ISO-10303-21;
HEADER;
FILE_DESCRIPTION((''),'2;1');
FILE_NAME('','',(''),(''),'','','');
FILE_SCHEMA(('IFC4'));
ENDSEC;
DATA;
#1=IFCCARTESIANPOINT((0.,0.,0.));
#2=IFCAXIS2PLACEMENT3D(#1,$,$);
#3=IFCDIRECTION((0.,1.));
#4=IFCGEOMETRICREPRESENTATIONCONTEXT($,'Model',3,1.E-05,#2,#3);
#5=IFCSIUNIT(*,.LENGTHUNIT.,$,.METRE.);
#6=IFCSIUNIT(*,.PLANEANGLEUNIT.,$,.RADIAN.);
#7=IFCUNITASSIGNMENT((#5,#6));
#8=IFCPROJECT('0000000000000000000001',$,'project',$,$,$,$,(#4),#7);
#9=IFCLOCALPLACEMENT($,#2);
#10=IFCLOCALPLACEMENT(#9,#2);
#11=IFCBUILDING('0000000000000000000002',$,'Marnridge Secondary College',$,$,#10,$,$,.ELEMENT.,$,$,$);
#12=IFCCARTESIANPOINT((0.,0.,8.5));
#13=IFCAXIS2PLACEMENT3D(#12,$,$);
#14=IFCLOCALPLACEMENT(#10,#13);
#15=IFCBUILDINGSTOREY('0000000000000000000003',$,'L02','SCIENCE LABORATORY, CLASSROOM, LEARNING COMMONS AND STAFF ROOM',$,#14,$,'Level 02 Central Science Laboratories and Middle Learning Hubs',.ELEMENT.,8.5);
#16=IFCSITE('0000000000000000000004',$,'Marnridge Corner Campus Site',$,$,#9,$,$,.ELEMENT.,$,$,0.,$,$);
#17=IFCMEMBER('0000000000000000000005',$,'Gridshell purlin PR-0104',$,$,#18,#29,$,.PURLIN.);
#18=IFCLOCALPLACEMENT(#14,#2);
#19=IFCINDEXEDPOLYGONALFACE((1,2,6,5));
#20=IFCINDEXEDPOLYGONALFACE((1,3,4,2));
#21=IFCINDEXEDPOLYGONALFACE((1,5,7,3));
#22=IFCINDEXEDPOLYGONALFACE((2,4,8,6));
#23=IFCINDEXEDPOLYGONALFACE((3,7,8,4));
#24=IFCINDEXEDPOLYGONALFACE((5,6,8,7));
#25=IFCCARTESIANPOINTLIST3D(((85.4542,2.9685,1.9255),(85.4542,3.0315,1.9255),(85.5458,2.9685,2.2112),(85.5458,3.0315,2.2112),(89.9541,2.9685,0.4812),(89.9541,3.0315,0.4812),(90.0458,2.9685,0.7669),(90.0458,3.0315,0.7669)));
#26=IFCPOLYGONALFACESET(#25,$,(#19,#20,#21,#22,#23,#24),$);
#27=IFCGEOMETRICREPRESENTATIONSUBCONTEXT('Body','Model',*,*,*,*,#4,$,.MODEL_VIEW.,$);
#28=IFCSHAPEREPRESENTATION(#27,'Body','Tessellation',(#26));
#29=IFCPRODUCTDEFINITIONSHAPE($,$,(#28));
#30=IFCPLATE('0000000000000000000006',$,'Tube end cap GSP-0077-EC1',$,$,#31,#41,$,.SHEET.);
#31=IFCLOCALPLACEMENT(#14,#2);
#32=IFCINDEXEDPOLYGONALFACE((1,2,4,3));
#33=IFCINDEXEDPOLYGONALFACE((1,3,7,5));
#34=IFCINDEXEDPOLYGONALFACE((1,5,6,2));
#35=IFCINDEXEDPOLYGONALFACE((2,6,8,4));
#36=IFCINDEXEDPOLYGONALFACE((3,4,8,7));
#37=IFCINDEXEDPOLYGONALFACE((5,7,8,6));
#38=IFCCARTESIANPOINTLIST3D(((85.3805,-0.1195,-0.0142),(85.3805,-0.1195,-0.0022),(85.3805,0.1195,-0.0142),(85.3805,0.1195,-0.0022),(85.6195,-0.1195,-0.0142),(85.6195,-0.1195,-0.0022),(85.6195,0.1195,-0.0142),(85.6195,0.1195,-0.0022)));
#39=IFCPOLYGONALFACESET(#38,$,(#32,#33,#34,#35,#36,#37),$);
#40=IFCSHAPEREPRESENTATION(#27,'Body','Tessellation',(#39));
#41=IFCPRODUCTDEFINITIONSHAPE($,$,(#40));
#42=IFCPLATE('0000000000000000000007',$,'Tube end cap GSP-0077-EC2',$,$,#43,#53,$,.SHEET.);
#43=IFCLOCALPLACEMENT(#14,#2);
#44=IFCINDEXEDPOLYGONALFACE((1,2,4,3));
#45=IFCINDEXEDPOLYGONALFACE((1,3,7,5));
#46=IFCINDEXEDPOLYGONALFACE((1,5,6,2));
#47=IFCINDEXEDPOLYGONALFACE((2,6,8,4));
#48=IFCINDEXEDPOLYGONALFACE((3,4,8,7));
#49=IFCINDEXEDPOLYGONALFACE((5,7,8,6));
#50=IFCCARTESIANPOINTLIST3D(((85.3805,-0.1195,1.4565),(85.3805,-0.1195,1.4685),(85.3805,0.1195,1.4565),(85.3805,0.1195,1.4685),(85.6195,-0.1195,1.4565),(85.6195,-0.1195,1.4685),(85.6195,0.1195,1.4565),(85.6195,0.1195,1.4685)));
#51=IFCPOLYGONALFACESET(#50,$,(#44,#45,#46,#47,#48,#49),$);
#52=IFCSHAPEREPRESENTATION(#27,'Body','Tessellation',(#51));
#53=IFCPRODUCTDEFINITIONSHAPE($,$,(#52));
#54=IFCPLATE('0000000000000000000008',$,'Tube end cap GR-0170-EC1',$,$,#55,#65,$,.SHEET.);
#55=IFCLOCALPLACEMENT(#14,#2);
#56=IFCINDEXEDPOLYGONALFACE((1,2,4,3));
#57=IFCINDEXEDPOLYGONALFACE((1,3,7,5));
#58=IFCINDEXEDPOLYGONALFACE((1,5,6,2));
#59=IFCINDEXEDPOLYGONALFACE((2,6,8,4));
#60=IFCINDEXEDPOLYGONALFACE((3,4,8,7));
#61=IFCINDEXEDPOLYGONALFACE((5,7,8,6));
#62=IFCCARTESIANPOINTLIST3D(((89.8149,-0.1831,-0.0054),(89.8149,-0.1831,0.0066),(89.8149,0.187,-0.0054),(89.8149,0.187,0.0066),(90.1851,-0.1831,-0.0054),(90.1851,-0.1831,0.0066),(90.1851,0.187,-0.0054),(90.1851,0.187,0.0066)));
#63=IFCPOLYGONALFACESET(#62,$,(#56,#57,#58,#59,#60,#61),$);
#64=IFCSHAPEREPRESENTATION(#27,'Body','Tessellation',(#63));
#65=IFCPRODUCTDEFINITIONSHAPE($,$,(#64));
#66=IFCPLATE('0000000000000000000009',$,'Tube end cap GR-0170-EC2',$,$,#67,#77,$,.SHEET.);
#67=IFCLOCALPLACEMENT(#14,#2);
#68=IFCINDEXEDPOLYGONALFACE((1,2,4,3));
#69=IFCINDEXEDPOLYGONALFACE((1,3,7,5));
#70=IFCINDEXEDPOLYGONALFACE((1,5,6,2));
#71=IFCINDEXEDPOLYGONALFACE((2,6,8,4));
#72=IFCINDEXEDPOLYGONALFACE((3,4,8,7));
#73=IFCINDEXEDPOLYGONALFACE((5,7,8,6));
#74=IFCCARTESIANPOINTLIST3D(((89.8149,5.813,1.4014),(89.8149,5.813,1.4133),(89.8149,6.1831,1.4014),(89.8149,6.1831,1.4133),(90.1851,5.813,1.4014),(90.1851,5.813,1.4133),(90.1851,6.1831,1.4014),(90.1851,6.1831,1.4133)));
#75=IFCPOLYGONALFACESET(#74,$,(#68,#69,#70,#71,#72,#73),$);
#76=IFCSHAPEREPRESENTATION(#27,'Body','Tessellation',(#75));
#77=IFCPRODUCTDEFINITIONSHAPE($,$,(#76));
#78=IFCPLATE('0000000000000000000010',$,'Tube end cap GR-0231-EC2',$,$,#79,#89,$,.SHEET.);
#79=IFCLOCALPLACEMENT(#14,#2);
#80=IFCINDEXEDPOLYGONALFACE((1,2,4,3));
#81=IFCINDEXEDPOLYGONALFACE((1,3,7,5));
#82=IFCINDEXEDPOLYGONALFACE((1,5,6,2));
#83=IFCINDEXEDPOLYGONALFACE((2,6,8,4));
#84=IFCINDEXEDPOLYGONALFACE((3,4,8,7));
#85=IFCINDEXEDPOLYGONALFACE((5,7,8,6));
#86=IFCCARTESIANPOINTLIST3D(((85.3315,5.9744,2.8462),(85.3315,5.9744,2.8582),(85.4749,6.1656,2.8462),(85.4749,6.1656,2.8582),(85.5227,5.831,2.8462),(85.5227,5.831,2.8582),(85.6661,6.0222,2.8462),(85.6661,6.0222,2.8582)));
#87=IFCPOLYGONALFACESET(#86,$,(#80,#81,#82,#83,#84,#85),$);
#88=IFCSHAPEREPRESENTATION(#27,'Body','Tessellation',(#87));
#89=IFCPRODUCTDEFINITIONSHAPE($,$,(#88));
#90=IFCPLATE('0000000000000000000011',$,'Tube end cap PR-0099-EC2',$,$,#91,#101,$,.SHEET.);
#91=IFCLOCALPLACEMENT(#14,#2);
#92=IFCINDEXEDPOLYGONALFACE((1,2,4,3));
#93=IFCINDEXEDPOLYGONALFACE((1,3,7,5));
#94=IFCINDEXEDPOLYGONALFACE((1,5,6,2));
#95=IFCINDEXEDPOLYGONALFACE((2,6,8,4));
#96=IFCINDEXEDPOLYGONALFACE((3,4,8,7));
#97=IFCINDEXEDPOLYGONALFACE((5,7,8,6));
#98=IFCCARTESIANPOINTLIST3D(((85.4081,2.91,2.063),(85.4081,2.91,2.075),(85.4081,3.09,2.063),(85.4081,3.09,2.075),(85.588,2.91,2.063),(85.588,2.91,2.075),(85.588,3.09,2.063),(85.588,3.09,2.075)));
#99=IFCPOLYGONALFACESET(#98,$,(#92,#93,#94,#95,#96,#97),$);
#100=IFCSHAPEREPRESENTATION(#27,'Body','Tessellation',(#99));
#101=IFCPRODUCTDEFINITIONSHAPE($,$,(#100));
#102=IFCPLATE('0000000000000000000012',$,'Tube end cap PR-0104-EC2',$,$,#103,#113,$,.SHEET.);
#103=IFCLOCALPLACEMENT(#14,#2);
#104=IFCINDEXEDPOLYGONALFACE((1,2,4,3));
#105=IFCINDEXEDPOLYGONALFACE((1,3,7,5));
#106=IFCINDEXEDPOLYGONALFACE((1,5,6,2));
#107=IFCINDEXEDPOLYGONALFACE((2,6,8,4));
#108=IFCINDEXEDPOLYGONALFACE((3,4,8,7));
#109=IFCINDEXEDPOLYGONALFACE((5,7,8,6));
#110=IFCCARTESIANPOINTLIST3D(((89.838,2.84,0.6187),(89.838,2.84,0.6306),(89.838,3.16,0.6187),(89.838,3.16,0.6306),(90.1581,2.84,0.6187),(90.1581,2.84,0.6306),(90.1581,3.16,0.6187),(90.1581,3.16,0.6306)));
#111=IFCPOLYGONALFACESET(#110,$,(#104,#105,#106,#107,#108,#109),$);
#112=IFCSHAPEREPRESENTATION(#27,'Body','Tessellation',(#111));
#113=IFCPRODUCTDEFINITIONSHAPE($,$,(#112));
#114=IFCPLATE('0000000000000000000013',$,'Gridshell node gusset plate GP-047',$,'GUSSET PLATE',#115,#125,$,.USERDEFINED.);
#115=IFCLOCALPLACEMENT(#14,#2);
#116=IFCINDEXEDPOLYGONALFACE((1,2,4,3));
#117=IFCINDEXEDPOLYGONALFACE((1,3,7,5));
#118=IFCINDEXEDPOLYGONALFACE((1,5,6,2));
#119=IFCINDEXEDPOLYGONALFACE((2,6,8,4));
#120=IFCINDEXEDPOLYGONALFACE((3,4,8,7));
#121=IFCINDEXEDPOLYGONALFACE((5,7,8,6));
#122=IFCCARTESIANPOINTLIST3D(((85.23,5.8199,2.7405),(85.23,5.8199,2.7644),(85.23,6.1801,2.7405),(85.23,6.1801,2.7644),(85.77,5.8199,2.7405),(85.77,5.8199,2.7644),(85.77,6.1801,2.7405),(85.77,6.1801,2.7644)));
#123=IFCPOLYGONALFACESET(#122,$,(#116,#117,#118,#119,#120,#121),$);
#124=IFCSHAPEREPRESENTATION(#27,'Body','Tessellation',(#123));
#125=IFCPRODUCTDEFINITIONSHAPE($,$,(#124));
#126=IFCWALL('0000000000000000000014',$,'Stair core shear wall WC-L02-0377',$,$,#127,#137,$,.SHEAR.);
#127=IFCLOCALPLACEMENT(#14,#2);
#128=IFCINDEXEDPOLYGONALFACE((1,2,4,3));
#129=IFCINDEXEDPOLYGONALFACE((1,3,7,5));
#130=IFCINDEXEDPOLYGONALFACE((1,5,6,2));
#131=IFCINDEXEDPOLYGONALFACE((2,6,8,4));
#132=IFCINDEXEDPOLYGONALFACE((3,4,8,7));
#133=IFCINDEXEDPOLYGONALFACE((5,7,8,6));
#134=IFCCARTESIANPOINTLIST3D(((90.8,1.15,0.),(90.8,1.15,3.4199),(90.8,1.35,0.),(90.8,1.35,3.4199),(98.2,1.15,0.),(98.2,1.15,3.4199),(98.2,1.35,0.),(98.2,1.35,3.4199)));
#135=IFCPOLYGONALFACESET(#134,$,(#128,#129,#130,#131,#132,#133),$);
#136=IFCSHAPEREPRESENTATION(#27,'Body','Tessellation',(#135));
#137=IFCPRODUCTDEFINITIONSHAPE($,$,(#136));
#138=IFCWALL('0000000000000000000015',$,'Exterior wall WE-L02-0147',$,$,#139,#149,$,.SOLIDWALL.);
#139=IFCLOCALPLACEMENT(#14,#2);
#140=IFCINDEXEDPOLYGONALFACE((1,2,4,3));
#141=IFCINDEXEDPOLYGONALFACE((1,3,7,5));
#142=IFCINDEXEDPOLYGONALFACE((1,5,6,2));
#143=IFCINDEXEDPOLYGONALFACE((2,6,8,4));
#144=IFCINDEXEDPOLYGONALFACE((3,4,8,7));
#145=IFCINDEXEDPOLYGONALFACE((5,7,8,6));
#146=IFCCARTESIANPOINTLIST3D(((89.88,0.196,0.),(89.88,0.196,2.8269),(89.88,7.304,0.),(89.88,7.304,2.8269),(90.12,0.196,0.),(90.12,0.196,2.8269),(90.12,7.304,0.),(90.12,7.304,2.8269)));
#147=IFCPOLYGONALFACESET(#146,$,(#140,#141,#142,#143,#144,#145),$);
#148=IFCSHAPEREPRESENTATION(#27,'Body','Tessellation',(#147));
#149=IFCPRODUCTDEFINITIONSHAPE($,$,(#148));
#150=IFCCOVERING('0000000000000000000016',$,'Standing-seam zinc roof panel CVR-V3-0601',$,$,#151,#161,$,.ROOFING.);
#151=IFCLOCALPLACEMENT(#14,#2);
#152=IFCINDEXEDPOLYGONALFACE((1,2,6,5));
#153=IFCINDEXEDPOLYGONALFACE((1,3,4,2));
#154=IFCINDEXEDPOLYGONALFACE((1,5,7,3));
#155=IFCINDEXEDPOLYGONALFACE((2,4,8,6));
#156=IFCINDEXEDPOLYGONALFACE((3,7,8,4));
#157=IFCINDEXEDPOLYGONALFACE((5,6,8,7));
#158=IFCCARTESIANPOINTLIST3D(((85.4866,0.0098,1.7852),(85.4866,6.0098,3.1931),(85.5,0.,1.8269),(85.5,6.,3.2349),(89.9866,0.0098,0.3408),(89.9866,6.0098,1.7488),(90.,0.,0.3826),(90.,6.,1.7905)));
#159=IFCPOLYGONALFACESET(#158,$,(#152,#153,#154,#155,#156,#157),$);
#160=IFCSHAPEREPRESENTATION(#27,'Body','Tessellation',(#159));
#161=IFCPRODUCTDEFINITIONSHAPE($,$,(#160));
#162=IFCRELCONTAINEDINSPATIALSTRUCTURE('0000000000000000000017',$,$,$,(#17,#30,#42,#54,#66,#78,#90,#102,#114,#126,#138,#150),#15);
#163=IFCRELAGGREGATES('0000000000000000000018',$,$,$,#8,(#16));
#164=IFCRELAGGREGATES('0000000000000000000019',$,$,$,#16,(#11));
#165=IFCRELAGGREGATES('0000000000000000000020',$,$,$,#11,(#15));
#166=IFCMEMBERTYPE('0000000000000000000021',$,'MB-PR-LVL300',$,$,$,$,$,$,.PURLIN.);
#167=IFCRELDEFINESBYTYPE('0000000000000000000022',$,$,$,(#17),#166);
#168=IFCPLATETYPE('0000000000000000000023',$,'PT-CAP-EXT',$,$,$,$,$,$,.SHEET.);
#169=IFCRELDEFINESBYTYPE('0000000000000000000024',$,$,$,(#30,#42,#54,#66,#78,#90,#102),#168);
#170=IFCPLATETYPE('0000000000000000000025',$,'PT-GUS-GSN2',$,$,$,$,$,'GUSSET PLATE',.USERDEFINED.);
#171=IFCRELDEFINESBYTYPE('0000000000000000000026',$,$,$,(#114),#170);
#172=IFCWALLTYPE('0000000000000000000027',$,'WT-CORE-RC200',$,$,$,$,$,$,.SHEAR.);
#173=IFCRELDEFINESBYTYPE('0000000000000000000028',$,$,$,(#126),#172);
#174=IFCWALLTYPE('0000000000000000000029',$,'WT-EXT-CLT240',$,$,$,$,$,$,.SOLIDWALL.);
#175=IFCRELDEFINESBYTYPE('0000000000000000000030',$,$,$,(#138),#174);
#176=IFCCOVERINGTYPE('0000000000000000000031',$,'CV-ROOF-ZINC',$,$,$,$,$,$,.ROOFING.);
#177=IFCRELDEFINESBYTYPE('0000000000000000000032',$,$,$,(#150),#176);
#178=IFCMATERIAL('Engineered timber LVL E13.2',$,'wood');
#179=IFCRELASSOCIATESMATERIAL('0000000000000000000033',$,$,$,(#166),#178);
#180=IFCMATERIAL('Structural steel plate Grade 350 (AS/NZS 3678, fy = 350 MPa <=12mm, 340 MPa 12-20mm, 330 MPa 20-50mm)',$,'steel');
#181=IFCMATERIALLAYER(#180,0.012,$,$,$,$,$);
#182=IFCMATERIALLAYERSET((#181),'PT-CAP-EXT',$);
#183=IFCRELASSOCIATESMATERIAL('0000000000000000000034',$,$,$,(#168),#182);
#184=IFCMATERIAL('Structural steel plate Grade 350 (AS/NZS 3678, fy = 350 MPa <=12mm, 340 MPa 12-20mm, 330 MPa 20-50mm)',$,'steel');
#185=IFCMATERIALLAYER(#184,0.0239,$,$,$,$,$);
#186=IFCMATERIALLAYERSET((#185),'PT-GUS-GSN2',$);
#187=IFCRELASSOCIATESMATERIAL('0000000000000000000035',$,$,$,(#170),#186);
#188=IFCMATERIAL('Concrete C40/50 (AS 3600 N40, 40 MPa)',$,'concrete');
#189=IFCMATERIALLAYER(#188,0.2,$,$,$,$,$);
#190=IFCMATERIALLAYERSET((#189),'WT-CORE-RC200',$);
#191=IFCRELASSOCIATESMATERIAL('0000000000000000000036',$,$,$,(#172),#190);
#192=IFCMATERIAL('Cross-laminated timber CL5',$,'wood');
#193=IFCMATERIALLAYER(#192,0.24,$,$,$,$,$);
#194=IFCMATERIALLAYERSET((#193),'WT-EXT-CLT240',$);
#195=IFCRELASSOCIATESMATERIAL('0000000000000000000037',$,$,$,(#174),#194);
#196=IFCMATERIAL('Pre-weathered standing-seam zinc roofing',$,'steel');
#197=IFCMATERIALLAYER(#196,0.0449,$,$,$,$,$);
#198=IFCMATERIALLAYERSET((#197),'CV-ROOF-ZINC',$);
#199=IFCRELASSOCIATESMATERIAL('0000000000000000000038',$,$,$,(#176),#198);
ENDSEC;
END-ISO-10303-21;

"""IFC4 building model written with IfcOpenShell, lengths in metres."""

from ifc_helpers import new_model, si_unit, direction, frame, frame_2d, origin, origin_2d, place, context, subcontext, project, spatial, polyline, rectangle, outline, extrude, material, layer, layer_set, material_profile, profile_set, type_object, element, save


model = new_model("IFC4")

# Units and contexts
model_context = context("Model", 3, precision=1e-05, world=origin(), true_north=direction((0.0, 1.0)))
body_context = subcontext(model_context, "Body", "Model", "MODEL_VIEW")
ifc_project = project(units=[si_unit("LENGTHUNIT", "METRE"), si_unit("PLANEANGLEUNIT", "RADIAN")], contexts=[model_context])

# Site, building, storey
site_placement = place(None, origin())
site = spatial("IfcSite", under=ifc_project, at=site_placement, Name="Marnridge Corner Campus Site", CompositionType="ELEMENT", RefElevation=0.0)
building_placement = place(site_placement, origin())
building = spatial("IfcBuilding", under=site, at=building_placement, Name="Marnridge Secondary College", CompositionType="ELEMENT")
storey_placement = place(building_placement, frame((0.0, 0.0, 8.5)))
storey = spatial("IfcBuildingStorey", under=building, at=storey_placement, Name="L02", Description="SCIENCE LABORATORY, CLASSROOM, LEARNING COMMONS AND STAFF ROOM", LongName="Level 02 Central Science Laboratories and Middle Learning Hubs", CompositionType="ELEMENT", Elevation=8.5)

# Member
ifc_material_1 = material(Name="Engineered timber LVL E13.2", Category="wood")
ifc_material_profile_1 = material_profile(ifc_material_1, rectangle(XDim=0.063, YDim=0.3, at=origin_2d()), Name="LVL 63x300")
ifc_profile_set_1 = profile_set([ifc_material_profile_1], Name="Engineered timber LVL E13.2")
member_type_1 = type_object("IfcMemberType", Name="MB-PR-LVL300", PredefinedType="PURLIN", material=ifc_profile_set_1)
member_1_placement = place(storey_placement, frame((85.5, 3.0, 2.0684), z_axis=(0.952157, 0.0, -0.305608), x_axis=(0.0, 1.0, 0.0)))
element("IfcMember", 1, at=member_1_placement, inside=storey, type_object=member_type_1, Name="Gridshell purlin PR-0104", PredefinedType="PURLIN", context=body_context, shape_type="SweptSolid", body=[
    extrude(rectangle(XDim=0.063, YDim=0.3, at=origin_2d()), origin(), (0.0, 0.0, 1.0), 4.7261),
])

# Plates
ifc_material_2 = material(Name="Structural steel plate Grade 350 (AS/NZS 3678, fy = 350 MPa <=12mm, 340 MPa 12-20mm, 330 MPa 20-50mm)", Category="steel")
ifc_layer_1 = layer(ifc_material_2, 0.012)
ifc_layer_set_1 = layer_set([ifc_layer_1], Name="PT-CAP-EXT")
plate_type_1 = type_object("IfcPlateType", Name="PT-CAP-EXT", PredefinedType="SHEET", material=ifc_layer_set_1)
for number, where, z_axis, x_axis, name in (
    (2, (85.5, 0.0, -0.0142), (0.0, 0.0, 1.0), (1.0, 0.0, 0.0), "Tube end cap GSP-0077-EC1"),
    (3, (85.5, 0.0, 1.4565), (0.0, 0.0, 1.0), (1.0, 0.0, 0.0), "Tube end cap GSP-0077-EC2"),
):
    element("IfcPlate", number, at=place(storey_placement, frame(where, z_axis=z_axis, x_axis=x_axis)), inside=storey, type_object=plate_type_1, Name=name, PredefinedType="SHEET", context=body_context, shape_type="SweptSolid", body=[
        extrude(rectangle(XDim=0.239, YDim=0.239, at=origin_2d()), origin(), (0.0, 0.0, 1.0), 0.012),
    ])
for number, where, z_axis, x_axis, name in (
    (4, (90.0, 0.002, -0.0054), (0.0, 0.0, 1.0), (0.0, 1.0, 0.0), "Tube end cap GR-0170-EC1"),
    (5, (90.0, 5.998, 1.4014), (0.0, 0.0, 1.0), (0.0, 1.0, 0.0), "Tube end cap GR-0170-EC2"),
):
    element("IfcPlate", number, at=place(storey_placement, frame(where, z_axis=z_axis, x_axis=x_axis)), inside=storey, type_object=plate_type_1, Name=name, PredefinedType="SHEET", context=body_context, shape_type="SweptSolid", body=[
        extrude(rectangle(XDim=0.3701, YDim=0.3701, at=origin_2d()), origin(), (0.0, 0.0, 1.0), 0.012),
    ])
plate_1_placement = place(storey_placement, frame((85.4988, 5.9983, 2.8462), z_axis=(0.0, 0.0, 1.0), x_axis=(0.600001, 0.799999, 0.0)))
element("IfcPlate", 6, at=plate_1_placement, inside=storey, type_object=plate_type_1, Name="Tube end cap GR-0231-EC2", PredefinedType="SHEET", context=body_context, shape_type="SweptSolid", body=[
    extrude(rectangle(XDim=0.239, YDim=0.239, at=origin_2d()), origin(), (0.0, 0.0, 1.0), 0.012),
])
plate_2_placement = place(storey_placement, frame((85.498, 3.0, 2.063), z_axis=(0.0, 0.0, 1.0), x_axis=(1.0, 0.0, 0.0)))
element("IfcPlate", 7, at=plate_2_placement, inside=storey, type_object=plate_type_1, Name="Tube end cap PR-0099-EC2", PredefinedType="SHEET", context=body_context, shape_type="SweptSolid", body=[
    extrude(rectangle(XDim=0.1799, YDim=0.1799, at=origin_2d()), origin(), (0.0, 0.0, 1.0), 0.012),
])
plate_3_placement = place(storey_placement, frame((89.998, 3.0, 0.6187), z_axis=(0.0, 0.0, 1.0), x_axis=(1.0, 0.0, 0.0)))
element("IfcPlate", 8, at=plate_3_placement, inside=storey, type_object=plate_type_1, Name="Tube end cap PR-0104-EC2", PredefinedType="SHEET", context=body_context, shape_type="SweptSolid", body=[
    extrude(rectangle(XDim=0.3201, YDim=0.3201, at=origin_2d()), origin(), (0.0, 0.0, 1.0), 0.012),
])
ifc_material_3 = material(Name="Structural steel plate Grade 350 (AS/NZS 3678, fy = 350 MPa <=12mm, 340 MPa 12-20mm, 330 MPa 20-50mm)", Category="steel")
ifc_layer_2 = layer(ifc_material_3, 0.0239)
ifc_layer_set_2 = layer_set([ifc_layer_2], Name="PT-GUS-GSN2")
plate_type_2 = type_object("IfcPlateType", Name="PT-GUS-GSN2", ElementType="GUSSET PLATE", PredefinedType="USERDEFINED", material=ifc_layer_set_2)
plate_4_placement = place(storey_placement, frame((85.5, 6.0, 2.7405), z_axis=(0.0, 0.0, 1.0), x_axis=(1.0, 0.0, 0.0)))
element("IfcPlate", 9, at=plate_4_placement, inside=storey, type_object=plate_type_2, Name="Gridshell node gusset plate GP-047", ObjectType="GUSSET PLATE", PredefinedType="USERDEFINED", context=body_context, shape_type="SweptSolid", body=[
    extrude(rectangle(XDim=0.54, YDim=0.3601, at=origin_2d()), origin(), (0.0, 0.0, 1.0), 0.0239),
])

# Walls
ifc_material_4 = material(Name="Concrete C40/50 (AS 3600 N40, 40 MPa)", Category="concrete")
ifc_layer_3 = layer(ifc_material_4, 0.2)
ifc_layer_set_3 = layer_set([ifc_layer_3], Name="WT-CORE-RC200")
wall_type_1 = type_object("IfcWallType", Name="WT-CORE-RC200", PredefinedType="SHEAR", material=ifc_layer_set_3)
wall_1_placement = place(storey_placement, frame((90.8, 1.25, 0.0), z_axis=(0.0, 0.0, 1.0), x_axis=(1.0, 0.0, 0.0)))
element("IfcWall", 10, at=wall_1_placement, inside=storey, type_object=wall_type_1, Name="Stair core shear wall WC-L02-0377", PredefinedType="SHEAR", context=body_context, shape_type="SweptSolid", body=[
    extrude(rectangle(XDim=7.3999, YDim=0.2, at=frame_2d((3.7, 0.0))), origin(), (0.0, 0.0, 1.0), 3.4199),
])
ifc_material_5 = material(Name="Cross-laminated timber CL5", Category="wood")
ifc_layer_4 = layer(ifc_material_5, 0.24)
ifc_layer_set_4 = layer_set([ifc_layer_4], Name="WT-EXT-CLT240")
wall_type_2 = type_object("IfcWallType", Name="WT-EXT-CLT240", PredefinedType="SOLIDWALL", material=ifc_layer_set_4)
wall_2_placement = place(storey_placement, frame((90.0, 0.196, 0.0), z_axis=(0.0, 0.0, 1.0), x_axis=(0.0, 1.0, 0.0)))
element("IfcWall", 11, at=wall_2_placement, inside=storey, type_object=wall_type_2, Name="Exterior wall WE-L02-0147", PredefinedType="SOLIDWALL", context=body_context, shape_type="SweptSolid", body=[
    extrude(rectangle(XDim=7.1079, YDim=0.24, at=frame_2d((3.554, 0.0))), origin(), (0.0, 0.0, 1.0), 2.8269),
])

# Covering
ifc_material_6 = material(Name="Pre-weathered standing-seam zinc roofing", Category="steel")
ifc_layer_5 = layer(ifc_material_6, 0.0449)
ifc_layer_set_5 = layer_set([ifc_layer_5], Name="CV-ROOF-ZINC")
covering_type = type_object("IfcCoveringType", Name="CV-ROOF-ZINC", PredefinedType="ROOFING", material=ifc_layer_set_5)
covering_placement = place(storey_placement, frame((85.5, 0.0, 1.8269), z_axis=(0.298254, -0.218056, 0.929245), x_axis=(0.952157, 0.0, -0.305608)))
element("IfcCovering", 12, at=covering_placement, inside=storey, type_object=covering_type, Name="Standing-seam zinc roof panel CVR-V3-0601", PredefinedType="ROOFING", context=body_context, shape_type="SweptSolid", body=[
    extrude(outline(polyline([(0.0, 0.0), (4.7261, 0.0), (4.2958, 6.1479), (-0.4303, 6.1479), (0.0, 0.0)])), origin(), (0.0, 0.0, -1.0), 0.0449),
])

save(model, "model.ifc")
